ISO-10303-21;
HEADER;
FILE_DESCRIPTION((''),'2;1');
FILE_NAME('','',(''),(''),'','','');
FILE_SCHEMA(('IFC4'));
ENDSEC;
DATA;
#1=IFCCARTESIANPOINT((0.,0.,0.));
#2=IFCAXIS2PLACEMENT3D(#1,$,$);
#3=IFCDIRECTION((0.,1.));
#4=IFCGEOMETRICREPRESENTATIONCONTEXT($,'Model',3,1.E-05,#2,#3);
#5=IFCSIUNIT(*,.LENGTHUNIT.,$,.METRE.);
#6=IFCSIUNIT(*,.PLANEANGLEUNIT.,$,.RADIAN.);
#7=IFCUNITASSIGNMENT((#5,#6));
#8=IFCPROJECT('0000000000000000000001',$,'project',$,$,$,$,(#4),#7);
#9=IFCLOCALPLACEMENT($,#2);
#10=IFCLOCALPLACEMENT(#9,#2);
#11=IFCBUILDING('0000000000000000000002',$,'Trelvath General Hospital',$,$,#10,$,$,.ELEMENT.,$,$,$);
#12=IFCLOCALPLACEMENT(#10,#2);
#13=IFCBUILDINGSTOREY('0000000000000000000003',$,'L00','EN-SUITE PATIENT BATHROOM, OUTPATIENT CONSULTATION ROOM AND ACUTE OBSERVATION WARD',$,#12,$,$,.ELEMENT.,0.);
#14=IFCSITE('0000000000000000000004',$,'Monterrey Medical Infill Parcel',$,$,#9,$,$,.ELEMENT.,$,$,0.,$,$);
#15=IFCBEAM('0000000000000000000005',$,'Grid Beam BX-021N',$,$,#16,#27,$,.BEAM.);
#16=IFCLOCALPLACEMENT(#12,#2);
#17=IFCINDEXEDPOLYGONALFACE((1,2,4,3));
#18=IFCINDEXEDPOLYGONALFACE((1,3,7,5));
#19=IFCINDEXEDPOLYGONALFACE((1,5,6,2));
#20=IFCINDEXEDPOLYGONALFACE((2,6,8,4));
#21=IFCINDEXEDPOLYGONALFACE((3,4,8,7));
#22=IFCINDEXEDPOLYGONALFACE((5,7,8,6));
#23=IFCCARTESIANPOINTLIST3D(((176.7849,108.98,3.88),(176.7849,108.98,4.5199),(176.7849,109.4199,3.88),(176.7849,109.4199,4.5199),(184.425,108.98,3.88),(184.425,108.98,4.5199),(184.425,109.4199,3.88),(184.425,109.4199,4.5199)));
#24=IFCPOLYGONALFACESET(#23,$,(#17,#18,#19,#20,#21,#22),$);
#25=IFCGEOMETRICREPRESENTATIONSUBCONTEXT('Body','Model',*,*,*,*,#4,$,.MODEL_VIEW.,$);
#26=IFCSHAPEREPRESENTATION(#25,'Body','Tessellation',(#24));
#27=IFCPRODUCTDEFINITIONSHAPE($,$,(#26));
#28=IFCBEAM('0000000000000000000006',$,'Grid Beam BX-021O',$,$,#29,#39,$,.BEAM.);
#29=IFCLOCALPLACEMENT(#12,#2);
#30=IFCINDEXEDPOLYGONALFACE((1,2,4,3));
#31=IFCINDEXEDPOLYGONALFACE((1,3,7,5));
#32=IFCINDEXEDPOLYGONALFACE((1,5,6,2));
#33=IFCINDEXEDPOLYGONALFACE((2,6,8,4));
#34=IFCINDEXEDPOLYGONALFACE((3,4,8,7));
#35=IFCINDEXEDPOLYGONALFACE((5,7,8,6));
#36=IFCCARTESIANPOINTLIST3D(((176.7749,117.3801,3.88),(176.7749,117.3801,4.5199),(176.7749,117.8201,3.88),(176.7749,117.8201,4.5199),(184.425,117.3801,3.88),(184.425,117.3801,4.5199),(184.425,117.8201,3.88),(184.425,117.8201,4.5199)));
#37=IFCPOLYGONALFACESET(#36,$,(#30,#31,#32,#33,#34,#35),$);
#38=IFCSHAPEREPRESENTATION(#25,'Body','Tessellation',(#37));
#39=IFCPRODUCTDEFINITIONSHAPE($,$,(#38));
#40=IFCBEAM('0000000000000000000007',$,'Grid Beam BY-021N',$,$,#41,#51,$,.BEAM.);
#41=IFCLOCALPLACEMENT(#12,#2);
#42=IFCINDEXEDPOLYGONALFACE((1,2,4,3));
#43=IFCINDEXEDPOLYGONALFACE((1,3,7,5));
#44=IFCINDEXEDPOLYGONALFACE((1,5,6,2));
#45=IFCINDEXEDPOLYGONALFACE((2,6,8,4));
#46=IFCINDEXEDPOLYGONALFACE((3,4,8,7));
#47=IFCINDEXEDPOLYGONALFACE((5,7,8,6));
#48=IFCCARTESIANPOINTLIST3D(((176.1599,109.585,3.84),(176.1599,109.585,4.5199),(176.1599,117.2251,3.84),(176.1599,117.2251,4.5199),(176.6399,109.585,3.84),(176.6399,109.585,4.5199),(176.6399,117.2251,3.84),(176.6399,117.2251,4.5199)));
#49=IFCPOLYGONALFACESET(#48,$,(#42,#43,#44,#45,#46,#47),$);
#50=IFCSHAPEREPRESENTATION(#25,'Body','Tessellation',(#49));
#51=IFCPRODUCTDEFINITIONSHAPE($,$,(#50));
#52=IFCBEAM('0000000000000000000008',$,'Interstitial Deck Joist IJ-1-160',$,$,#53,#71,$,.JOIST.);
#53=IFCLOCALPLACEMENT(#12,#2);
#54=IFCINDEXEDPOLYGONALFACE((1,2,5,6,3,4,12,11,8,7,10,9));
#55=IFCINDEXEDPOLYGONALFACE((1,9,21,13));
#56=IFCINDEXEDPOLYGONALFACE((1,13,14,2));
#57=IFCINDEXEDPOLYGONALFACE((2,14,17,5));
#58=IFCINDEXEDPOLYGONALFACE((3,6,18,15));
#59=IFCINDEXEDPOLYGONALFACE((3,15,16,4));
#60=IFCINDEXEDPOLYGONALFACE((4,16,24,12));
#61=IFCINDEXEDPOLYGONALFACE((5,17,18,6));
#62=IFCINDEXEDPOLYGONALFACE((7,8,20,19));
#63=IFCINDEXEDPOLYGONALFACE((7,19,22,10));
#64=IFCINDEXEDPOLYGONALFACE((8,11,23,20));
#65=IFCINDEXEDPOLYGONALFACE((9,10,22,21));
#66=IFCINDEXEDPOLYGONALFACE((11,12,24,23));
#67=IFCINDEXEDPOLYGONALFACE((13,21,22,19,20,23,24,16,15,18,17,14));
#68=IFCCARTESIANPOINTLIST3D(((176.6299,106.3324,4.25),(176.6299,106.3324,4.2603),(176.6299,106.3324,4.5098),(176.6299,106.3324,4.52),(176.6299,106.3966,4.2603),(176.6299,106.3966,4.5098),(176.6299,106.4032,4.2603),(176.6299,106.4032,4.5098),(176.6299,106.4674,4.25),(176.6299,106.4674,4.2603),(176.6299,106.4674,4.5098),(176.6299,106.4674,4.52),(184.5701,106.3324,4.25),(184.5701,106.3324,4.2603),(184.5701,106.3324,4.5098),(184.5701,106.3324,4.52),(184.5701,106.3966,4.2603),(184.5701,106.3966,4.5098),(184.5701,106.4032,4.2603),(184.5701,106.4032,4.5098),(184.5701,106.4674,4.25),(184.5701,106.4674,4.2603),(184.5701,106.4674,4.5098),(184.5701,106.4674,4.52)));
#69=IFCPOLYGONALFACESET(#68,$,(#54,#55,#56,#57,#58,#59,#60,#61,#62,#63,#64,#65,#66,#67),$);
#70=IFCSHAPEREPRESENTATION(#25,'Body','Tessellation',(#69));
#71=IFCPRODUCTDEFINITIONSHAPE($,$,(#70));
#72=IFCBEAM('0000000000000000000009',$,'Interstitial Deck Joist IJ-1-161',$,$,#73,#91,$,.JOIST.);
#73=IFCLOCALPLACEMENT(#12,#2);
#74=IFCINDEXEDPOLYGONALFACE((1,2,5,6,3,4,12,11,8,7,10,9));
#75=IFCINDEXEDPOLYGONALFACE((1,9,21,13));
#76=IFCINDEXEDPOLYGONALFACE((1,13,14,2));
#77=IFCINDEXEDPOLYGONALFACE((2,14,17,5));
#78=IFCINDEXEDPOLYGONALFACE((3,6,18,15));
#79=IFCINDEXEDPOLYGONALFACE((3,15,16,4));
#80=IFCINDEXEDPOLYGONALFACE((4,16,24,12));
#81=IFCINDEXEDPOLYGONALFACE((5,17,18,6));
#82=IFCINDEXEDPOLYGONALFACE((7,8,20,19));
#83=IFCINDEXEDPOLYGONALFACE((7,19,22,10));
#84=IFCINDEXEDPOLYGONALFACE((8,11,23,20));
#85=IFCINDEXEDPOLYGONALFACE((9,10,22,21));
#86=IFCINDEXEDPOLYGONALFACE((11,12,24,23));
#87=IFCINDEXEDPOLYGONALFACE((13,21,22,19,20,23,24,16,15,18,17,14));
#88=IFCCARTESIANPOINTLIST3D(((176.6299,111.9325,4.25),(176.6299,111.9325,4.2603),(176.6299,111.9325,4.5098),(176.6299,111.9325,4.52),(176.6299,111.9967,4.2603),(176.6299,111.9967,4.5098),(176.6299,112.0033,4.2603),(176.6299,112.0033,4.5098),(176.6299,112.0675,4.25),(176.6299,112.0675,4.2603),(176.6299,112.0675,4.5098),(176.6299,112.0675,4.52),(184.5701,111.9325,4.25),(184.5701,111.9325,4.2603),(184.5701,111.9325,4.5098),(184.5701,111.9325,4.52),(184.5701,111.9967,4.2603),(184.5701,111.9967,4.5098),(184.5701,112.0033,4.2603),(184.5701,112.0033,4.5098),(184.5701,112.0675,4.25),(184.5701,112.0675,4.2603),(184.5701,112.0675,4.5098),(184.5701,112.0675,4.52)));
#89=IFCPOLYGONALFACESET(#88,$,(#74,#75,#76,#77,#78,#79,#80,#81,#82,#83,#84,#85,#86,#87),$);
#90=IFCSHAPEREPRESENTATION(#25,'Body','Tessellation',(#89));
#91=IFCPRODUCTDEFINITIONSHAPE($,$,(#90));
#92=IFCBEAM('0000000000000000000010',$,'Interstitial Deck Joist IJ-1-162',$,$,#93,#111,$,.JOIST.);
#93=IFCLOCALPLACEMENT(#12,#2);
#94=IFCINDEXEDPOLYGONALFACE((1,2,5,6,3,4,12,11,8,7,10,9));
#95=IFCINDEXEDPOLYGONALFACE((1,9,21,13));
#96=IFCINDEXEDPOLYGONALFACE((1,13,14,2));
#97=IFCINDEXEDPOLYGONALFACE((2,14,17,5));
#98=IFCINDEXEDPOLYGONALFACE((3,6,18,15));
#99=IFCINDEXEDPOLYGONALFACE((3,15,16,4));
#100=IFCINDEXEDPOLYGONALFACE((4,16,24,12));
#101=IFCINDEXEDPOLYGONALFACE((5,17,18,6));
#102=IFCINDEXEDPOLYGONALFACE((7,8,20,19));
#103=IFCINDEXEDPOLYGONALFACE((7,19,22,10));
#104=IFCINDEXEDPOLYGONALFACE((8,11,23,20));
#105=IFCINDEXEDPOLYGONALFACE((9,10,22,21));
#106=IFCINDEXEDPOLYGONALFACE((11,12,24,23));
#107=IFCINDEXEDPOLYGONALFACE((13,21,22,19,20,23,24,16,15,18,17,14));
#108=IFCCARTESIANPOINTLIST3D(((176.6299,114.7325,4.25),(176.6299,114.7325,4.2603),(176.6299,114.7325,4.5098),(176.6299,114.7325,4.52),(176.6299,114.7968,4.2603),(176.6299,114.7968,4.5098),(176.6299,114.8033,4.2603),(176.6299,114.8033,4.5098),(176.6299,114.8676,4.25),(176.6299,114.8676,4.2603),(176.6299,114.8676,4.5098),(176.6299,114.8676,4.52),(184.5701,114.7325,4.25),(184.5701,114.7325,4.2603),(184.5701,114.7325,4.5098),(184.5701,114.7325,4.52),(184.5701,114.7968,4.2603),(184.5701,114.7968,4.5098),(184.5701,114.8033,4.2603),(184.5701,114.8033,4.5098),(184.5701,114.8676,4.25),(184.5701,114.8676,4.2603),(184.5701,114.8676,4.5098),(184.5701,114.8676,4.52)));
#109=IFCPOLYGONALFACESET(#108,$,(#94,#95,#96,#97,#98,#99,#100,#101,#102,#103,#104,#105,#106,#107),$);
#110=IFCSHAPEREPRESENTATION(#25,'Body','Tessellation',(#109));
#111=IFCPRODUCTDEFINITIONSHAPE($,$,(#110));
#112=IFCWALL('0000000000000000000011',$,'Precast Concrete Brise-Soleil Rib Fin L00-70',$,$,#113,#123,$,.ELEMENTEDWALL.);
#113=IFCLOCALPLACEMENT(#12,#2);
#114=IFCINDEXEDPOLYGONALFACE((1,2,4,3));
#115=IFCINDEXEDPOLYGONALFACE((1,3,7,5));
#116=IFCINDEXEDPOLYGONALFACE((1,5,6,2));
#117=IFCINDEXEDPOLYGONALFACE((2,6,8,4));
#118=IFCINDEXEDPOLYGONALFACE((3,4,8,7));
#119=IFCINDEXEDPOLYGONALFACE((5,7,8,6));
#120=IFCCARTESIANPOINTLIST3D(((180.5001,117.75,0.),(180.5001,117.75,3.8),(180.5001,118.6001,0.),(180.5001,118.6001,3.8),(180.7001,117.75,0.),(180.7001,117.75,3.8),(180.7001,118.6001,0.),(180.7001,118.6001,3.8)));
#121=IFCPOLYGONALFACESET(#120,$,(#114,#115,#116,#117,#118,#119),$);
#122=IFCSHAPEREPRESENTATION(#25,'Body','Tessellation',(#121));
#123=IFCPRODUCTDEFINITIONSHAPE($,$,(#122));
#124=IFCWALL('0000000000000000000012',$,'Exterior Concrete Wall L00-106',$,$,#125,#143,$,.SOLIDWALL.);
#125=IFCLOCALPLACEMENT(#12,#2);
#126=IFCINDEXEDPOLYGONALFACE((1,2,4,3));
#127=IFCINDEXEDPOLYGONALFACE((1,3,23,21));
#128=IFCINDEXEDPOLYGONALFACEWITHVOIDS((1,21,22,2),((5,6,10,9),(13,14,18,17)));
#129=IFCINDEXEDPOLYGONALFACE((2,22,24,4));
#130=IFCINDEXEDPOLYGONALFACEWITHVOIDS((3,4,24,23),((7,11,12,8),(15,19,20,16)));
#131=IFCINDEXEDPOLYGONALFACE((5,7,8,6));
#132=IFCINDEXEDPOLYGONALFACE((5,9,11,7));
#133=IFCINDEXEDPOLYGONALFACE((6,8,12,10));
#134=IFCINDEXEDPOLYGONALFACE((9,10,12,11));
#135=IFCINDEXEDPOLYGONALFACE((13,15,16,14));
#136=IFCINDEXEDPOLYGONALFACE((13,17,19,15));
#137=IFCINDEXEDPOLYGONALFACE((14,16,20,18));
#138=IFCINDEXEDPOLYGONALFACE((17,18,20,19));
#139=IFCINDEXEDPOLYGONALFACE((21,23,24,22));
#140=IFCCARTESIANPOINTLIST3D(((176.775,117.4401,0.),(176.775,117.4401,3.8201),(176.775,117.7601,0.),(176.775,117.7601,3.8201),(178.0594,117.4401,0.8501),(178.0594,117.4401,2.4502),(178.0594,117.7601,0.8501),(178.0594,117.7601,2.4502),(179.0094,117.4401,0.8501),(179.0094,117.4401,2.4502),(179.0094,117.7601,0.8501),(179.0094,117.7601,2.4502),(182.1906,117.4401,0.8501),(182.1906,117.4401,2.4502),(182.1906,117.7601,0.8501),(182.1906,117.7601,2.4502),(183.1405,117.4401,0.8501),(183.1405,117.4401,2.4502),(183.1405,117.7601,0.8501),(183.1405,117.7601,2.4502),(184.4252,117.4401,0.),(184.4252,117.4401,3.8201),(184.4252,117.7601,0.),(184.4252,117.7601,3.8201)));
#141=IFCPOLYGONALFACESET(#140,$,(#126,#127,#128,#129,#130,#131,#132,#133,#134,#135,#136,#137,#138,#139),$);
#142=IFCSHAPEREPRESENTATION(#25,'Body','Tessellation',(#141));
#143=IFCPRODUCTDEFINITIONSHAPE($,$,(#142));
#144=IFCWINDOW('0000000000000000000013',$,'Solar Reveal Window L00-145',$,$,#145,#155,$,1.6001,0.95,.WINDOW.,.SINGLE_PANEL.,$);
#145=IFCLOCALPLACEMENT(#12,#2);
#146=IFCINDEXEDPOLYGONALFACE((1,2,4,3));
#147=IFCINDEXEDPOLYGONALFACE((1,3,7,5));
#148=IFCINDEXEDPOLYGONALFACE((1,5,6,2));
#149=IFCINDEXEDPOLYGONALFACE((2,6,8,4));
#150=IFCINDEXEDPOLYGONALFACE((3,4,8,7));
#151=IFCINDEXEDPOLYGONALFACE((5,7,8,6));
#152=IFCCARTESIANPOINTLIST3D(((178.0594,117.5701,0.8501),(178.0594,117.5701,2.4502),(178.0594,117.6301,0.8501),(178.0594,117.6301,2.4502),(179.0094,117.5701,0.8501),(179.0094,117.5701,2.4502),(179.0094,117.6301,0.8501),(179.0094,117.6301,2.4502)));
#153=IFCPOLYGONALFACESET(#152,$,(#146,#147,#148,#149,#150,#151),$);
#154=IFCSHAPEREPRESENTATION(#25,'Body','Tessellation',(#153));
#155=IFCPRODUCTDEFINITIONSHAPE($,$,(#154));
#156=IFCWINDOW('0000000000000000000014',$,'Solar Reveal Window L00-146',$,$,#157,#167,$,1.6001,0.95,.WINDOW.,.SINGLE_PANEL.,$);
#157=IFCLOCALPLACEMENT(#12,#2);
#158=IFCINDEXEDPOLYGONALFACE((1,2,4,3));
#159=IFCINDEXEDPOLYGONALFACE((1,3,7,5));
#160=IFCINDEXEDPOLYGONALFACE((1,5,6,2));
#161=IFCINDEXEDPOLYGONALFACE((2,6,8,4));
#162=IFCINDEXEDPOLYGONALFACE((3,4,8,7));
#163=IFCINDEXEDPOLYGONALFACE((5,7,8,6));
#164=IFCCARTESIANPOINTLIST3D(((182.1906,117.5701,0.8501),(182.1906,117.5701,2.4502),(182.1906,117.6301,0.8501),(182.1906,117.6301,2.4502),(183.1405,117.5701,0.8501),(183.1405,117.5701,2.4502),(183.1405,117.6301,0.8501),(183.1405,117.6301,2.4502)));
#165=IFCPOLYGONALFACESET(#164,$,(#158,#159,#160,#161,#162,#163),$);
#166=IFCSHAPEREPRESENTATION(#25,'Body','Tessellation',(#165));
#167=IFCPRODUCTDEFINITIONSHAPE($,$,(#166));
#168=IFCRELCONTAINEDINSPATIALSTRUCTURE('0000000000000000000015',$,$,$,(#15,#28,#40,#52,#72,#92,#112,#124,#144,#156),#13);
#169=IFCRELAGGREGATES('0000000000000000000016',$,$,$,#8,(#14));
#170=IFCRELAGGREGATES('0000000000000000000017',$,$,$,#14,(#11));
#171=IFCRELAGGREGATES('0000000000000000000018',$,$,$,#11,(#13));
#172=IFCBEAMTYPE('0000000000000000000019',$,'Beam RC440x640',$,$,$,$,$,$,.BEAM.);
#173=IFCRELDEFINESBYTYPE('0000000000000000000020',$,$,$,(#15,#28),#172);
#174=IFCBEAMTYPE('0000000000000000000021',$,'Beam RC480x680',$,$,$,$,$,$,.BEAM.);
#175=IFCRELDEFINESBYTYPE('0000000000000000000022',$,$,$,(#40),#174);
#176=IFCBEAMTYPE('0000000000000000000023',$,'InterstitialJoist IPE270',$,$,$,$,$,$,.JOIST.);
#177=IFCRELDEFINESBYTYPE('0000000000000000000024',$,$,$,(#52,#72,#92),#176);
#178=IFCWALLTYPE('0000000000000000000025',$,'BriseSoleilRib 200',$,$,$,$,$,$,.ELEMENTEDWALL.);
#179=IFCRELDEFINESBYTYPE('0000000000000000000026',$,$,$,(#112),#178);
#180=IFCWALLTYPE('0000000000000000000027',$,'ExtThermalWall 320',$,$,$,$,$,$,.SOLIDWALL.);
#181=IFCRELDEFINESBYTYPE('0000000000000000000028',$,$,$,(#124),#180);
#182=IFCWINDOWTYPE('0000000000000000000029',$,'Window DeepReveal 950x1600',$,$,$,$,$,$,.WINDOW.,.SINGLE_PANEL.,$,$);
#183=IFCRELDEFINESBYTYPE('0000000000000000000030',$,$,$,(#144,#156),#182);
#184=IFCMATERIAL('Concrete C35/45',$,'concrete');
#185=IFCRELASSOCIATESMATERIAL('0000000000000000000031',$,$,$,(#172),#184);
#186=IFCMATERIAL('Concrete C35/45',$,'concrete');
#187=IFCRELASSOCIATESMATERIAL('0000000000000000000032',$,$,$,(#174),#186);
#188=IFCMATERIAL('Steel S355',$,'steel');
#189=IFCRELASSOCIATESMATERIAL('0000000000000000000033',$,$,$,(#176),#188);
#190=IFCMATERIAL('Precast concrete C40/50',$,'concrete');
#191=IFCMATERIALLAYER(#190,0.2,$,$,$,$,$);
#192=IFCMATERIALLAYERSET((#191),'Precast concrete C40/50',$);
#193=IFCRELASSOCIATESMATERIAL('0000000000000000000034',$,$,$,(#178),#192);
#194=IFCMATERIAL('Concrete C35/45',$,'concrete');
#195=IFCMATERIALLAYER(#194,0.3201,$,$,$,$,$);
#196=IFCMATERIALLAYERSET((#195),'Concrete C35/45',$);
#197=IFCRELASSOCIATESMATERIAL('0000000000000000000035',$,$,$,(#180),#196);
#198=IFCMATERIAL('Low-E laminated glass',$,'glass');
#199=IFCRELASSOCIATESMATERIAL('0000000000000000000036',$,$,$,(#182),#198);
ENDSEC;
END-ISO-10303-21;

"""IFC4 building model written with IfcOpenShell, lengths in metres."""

from ifc_helpers import new_model, si_unit, direction, frame, frame_2d, origin, origin_2d, place, context, subcontext, project, spatial, rectangle, i_section, extrude, material, layer, layer_set, material_profile, profile_set, type_object, element, fill, save


model = new_model("IFC4")

# Units and contexts
model_context = context("Model", 3, precision=1e-05, world=origin(), true_north=direction((0.0, 1.0)))
body_context = subcontext(model_context, "Body", "Model", "MODEL_VIEW")
ifc_project = project(units=[si_unit("LENGTHUNIT", "METRE"), si_unit("PLANEANGLEUNIT", "RADIAN")], contexts=[model_context])

# Site, building, storey
site_placement = place(None, origin())
site = spatial("IfcSite", under=ifc_project, at=site_placement, Name="Monterrey Medical Infill Parcel", CompositionType="ELEMENT", RefElevation=0.0)
building_placement = place(site_placement, origin())
building = spatial("IfcBuilding", under=site, at=building_placement, Name="Trelvath General Hospital", CompositionType="ELEMENT")
storey_placement = place(building_placement, origin())
storey = spatial("IfcBuildingStorey", under=building, at=storey_placement, Name="L00", Description="EN-SUITE PATIENT BATHROOM, OUTPATIENT CONSULTATION ROOM AND ACUTE OBSERVATION WARD", CompositionType="ELEMENT", Elevation=0.0)

# Beams
ifc_material_1 = material(Name="Concrete C35/45", Category="concrete")
ifc_material_profile_1 = material_profile(ifc_material_1, rectangle(XDim=0.4399, YDim=0.6399, at=origin_2d()), Name="RCB440x640")
ifc_profile_set_1 = profile_set([ifc_material_profile_1], Name="Concrete C35/45")
beam_type_1 = type_object("IfcBeamType", Name="Beam RC440x640", PredefinedType="BEAM", material=ifc_profile_set_1)
beam_1_placement = place(storey_placement, frame((176.7849, 109.2, 4.2), z_axis=(1.0, 0.0, 0.0), x_axis=(0.0, 1.0, 0.0)))
element("IfcBeam", 1, at=beam_1_placement, inside=storey, type_object=beam_type_1, Name="Grid Beam BX-021N", PredefinedType="BEAM", context=body_context, shape_type="SweptSolid", body=[
    extrude(rectangle(XDim=0.4399, YDim=0.6399, at=origin_2d()), origin(), (0.0, 0.0, 1.0), 7.6401),
])
beam_2_placement = place(storey_placement, frame((176.7749, 117.6001, 4.2), z_axis=(1.0, 0.0, 0.0), x_axis=(0.0, 1.0, 0.0)))
element("IfcBeam", 2, at=beam_2_placement, inside=storey, type_object=beam_type_1, Name="Grid Beam BX-021O", PredefinedType="BEAM", context=body_context, shape_type="SweptSolid", body=[
    extrude(rectangle(XDim=0.4399, YDim=0.6399, at=origin_2d()), origin(), (0.0, 0.0, 1.0), 7.6501),
])
ifc_material_2 = material(Name="Concrete C35/45", Category="concrete")
ifc_material_profile_2 = material_profile(ifc_material_2, rectangle(XDim=0.48, YDim=0.6799, at=origin_2d()), Name="RCB480x680")
ifc_profile_set_2 = profile_set([ifc_material_profile_2], Name="Concrete C35/45")
beam_type_2 = type_object("IfcBeamType", Name="Beam RC480x680", PredefinedType="BEAM", material=ifc_profile_set_2)
beam_3_placement = place(storey_placement, frame((176.3999, 109.585, 4.1799), z_axis=(0.0, 1.0, 0.0), x_axis=(-1.0, 0.0, 0.0)))
element("IfcBeam", 3, at=beam_3_placement, inside=storey, type_object=beam_type_2, Name="Grid Beam BY-021N", PredefinedType="BEAM", context=body_context, shape_type="SweptSolid", body=[
    extrude(rectangle(XDim=0.48, YDim=0.6799, at=origin_2d()), origin(), (0.0, 0.0, 1.0), 7.6401),
])
ifc_material_3 = material(Name="Steel S355", Category="steel")
ifc_material_profile_3 = material_profile(ifc_material_3, i_section(OverallWidth=0.135, OverallDepth=0.27, WebThickness=0.0066, FlangeThickness=0.0103, at=origin_2d()), Name="IPE270")
ifc_profile_set_3 = profile_set([ifc_material_profile_3], Name="Steel S355")
beam_type_3 = type_object("IfcBeamType", Name="InterstitialJoist IPE270", PredefinedType="JOIST", material=ifc_profile_set_3)
for number, where, z_axis, x_axis, name in (
    (4, (176.6299, 106.3999, 4.385), (1.0, 0.0, 0.0), (0.0, 1.0, 0.0), "Interstitial Deck Joist IJ-1-160"),
    (5, (176.6299, 112.0, 4.385), (1.0, 0.0, 0.0), (0.0, 1.0, 0.0), "Interstitial Deck Joist IJ-1-161"),
    (6, (176.6299, 114.8, 4.385), (1.0, 0.0, 0.0), (0.0, 1.0, 0.0), "Interstitial Deck Joist IJ-1-162"),
):
    element("IfcBeam", number, at=place(storey_placement, frame(where, z_axis=z_axis, x_axis=x_axis)), inside=storey, type_object=beam_type_3, Name=name, PredefinedType="JOIST", context=body_context, shape_type="SweptSolid", body=[
        extrude(i_section(OverallWidth=0.135, OverallDepth=0.27, WebThickness=0.0066, FlangeThickness=0.0103, at=origin_2d()), origin(), (0.0, 0.0, 1.0), 7.9402),
    ])

# Wall
ifc_material_4 = material(Name="Precast concrete C40/50", Category="concrete")
ifc_layer_1 = layer(ifc_material_4, 0.2)
ifc_layer_set_1 = layer_set([ifc_layer_1], Name="Precast concrete C40/50")
wall_type_1 = type_object("IfcWallType", Name="BriseSoleilRib 200", PredefinedType="ELEMENTEDWALL", material=ifc_layer_set_1)
wall_1_placement = place(storey_placement, frame((180.6001, 117.75, 0.0), z_axis=(0.0, 0.0, 1.0), x_axis=(0.0, 1.0, 0.0)))
element("IfcWall", 7, at=wall_1_placement, inside=storey, type_object=wall_type_1, Name="Precast Concrete Brise-Soleil Rib Fin L00-70", PredefinedType="ELEMENTEDWALL", context=body_context, shape_type="SweptSolid", body=[
    extrude(rectangle(XDim=0.8501, YDim=0.2, at=frame_2d((0.425, 0.0))), origin(), (0.0, 0.0, 1.0), 3.8),
])

# Wall, openings, windows
ifc_material_5 = material(Name="Concrete C35/45", Category="concrete")
ifc_layer_2 = layer(ifc_material_5, 0.3201)
ifc_layer_set_2 = layer_set([ifc_layer_2], Name="Concrete C35/45")
wall_type_2 = type_object("IfcWallType", Name="ExtThermalWall 320", PredefinedType="SOLIDWALL", material=ifc_layer_set_2)
wall_2_placement = place(storey_placement, frame((176.7749, 117.6001, 0.0), z_axis=(0.0, 0.0, 1.0), x_axis=(1.0, 0.0, 0.0)))
wall_2 = element("IfcWall", 8, at=wall_2_placement, inside=storey, type_object=wall_type_2, Name="Exterior Concrete Wall L00-106", PredefinedType="SOLIDWALL", context=body_context, shape_type="SweptSolid", body=[
    extrude(rectangle(XDim=7.6501, YDim=0.3201, at=frame_2d((3.8252, 0.0))), origin(), (0.0, 0.0, 1.0), 3.8201),
])
opening_1_placement = place(wall_2_placement, frame((1.2844, 0.0, 0.8501)))
opening_1 = element("IfcOpeningElement", 9, at=opening_1_placement, cuts=wall_2, PredefinedType="OPENING", context=body_context, shape_type="SweptSolid", body=[
    extrude(rectangle(XDim=0.95, YDim=1.6001, at=frame_2d((0.4751, 0.8))), frame((0.0, 0.1699, 0.0), z_axis=(0.0, -1.0, 0.0), x_axis=(1.0, 0.0, 0.0)), (0.0, 0.0, 1.0), 0.3401),
])
opening_2_placement = place(wall_2_placement, frame((5.4155, 0.0, 0.8501)))
opening_2 = element("IfcOpeningElement", 10, at=opening_2_placement, cuts=wall_2, PredefinedType="OPENING", context=body_context, shape_type="SweptSolid", body=[
    extrude(rectangle(XDim=0.95, YDim=1.6001, at=frame_2d((0.4751, 0.8))), frame((0.0, 0.1699, 0.0), z_axis=(0.0, -1.0, 0.0), x_axis=(1.0, 0.0, 0.0)), (0.0, 0.0, 1.0), 0.3401),
])
ifc_material_6 = material(Name="Low-E laminated glass", Category="glass")
window_type = type_object("IfcWindowType", Name="Window DeepReveal 950x1600", PartitioningType="SINGLE_PANEL", PredefinedType="WINDOW", material=ifc_material_6)
window_1_placement = place(opening_1_placement, origin())
window_1 = element("IfcWindow", 11, at=window_1_placement, inside=storey, type_object=window_type, Name="Solar Reveal Window L00-145", OverallHeight=1.6001, OverallWidth=0.95, PartitioningType="SINGLE_PANEL", PredefinedType="WINDOW", context=body_context, shape_type="SweptSolid", body=[
    extrude(rectangle(XDim=0.95, YDim=1.6001, at=frame_2d((0.4751, 0.8))), frame((0.0, 0.03, 0.0), z_axis=(0.0, -1.0, 0.0), x_axis=(1.0, 0.0, 0.0)), (0.0, 0.0, 1.0), 0.0601),
])
fill(opening_1, window_1)
window_2_placement = place(opening_2_placement, origin())
window_2 = element("IfcWindow", 12, at=window_2_placement, inside=storey, type_object=window_type, Name="Solar Reveal Window L00-146", OverallHeight=1.6001, OverallWidth=0.95, PartitioningType="SINGLE_PANEL", PredefinedType="WINDOW", context=body_context, shape_type="SweptSolid", body=[
    extrude(rectangle(XDim=0.95, YDim=1.6001, at=frame_2d((0.4751, 0.8))), frame((0.0, 0.03, 0.0), z_axis=(0.0, -1.0, 0.0), x_axis=(1.0, 0.0, 0.0)), (0.0, 0.0, 1.0), 0.0601),
])
fill(opening_2, window_2)

save(model, "model.ifc")
